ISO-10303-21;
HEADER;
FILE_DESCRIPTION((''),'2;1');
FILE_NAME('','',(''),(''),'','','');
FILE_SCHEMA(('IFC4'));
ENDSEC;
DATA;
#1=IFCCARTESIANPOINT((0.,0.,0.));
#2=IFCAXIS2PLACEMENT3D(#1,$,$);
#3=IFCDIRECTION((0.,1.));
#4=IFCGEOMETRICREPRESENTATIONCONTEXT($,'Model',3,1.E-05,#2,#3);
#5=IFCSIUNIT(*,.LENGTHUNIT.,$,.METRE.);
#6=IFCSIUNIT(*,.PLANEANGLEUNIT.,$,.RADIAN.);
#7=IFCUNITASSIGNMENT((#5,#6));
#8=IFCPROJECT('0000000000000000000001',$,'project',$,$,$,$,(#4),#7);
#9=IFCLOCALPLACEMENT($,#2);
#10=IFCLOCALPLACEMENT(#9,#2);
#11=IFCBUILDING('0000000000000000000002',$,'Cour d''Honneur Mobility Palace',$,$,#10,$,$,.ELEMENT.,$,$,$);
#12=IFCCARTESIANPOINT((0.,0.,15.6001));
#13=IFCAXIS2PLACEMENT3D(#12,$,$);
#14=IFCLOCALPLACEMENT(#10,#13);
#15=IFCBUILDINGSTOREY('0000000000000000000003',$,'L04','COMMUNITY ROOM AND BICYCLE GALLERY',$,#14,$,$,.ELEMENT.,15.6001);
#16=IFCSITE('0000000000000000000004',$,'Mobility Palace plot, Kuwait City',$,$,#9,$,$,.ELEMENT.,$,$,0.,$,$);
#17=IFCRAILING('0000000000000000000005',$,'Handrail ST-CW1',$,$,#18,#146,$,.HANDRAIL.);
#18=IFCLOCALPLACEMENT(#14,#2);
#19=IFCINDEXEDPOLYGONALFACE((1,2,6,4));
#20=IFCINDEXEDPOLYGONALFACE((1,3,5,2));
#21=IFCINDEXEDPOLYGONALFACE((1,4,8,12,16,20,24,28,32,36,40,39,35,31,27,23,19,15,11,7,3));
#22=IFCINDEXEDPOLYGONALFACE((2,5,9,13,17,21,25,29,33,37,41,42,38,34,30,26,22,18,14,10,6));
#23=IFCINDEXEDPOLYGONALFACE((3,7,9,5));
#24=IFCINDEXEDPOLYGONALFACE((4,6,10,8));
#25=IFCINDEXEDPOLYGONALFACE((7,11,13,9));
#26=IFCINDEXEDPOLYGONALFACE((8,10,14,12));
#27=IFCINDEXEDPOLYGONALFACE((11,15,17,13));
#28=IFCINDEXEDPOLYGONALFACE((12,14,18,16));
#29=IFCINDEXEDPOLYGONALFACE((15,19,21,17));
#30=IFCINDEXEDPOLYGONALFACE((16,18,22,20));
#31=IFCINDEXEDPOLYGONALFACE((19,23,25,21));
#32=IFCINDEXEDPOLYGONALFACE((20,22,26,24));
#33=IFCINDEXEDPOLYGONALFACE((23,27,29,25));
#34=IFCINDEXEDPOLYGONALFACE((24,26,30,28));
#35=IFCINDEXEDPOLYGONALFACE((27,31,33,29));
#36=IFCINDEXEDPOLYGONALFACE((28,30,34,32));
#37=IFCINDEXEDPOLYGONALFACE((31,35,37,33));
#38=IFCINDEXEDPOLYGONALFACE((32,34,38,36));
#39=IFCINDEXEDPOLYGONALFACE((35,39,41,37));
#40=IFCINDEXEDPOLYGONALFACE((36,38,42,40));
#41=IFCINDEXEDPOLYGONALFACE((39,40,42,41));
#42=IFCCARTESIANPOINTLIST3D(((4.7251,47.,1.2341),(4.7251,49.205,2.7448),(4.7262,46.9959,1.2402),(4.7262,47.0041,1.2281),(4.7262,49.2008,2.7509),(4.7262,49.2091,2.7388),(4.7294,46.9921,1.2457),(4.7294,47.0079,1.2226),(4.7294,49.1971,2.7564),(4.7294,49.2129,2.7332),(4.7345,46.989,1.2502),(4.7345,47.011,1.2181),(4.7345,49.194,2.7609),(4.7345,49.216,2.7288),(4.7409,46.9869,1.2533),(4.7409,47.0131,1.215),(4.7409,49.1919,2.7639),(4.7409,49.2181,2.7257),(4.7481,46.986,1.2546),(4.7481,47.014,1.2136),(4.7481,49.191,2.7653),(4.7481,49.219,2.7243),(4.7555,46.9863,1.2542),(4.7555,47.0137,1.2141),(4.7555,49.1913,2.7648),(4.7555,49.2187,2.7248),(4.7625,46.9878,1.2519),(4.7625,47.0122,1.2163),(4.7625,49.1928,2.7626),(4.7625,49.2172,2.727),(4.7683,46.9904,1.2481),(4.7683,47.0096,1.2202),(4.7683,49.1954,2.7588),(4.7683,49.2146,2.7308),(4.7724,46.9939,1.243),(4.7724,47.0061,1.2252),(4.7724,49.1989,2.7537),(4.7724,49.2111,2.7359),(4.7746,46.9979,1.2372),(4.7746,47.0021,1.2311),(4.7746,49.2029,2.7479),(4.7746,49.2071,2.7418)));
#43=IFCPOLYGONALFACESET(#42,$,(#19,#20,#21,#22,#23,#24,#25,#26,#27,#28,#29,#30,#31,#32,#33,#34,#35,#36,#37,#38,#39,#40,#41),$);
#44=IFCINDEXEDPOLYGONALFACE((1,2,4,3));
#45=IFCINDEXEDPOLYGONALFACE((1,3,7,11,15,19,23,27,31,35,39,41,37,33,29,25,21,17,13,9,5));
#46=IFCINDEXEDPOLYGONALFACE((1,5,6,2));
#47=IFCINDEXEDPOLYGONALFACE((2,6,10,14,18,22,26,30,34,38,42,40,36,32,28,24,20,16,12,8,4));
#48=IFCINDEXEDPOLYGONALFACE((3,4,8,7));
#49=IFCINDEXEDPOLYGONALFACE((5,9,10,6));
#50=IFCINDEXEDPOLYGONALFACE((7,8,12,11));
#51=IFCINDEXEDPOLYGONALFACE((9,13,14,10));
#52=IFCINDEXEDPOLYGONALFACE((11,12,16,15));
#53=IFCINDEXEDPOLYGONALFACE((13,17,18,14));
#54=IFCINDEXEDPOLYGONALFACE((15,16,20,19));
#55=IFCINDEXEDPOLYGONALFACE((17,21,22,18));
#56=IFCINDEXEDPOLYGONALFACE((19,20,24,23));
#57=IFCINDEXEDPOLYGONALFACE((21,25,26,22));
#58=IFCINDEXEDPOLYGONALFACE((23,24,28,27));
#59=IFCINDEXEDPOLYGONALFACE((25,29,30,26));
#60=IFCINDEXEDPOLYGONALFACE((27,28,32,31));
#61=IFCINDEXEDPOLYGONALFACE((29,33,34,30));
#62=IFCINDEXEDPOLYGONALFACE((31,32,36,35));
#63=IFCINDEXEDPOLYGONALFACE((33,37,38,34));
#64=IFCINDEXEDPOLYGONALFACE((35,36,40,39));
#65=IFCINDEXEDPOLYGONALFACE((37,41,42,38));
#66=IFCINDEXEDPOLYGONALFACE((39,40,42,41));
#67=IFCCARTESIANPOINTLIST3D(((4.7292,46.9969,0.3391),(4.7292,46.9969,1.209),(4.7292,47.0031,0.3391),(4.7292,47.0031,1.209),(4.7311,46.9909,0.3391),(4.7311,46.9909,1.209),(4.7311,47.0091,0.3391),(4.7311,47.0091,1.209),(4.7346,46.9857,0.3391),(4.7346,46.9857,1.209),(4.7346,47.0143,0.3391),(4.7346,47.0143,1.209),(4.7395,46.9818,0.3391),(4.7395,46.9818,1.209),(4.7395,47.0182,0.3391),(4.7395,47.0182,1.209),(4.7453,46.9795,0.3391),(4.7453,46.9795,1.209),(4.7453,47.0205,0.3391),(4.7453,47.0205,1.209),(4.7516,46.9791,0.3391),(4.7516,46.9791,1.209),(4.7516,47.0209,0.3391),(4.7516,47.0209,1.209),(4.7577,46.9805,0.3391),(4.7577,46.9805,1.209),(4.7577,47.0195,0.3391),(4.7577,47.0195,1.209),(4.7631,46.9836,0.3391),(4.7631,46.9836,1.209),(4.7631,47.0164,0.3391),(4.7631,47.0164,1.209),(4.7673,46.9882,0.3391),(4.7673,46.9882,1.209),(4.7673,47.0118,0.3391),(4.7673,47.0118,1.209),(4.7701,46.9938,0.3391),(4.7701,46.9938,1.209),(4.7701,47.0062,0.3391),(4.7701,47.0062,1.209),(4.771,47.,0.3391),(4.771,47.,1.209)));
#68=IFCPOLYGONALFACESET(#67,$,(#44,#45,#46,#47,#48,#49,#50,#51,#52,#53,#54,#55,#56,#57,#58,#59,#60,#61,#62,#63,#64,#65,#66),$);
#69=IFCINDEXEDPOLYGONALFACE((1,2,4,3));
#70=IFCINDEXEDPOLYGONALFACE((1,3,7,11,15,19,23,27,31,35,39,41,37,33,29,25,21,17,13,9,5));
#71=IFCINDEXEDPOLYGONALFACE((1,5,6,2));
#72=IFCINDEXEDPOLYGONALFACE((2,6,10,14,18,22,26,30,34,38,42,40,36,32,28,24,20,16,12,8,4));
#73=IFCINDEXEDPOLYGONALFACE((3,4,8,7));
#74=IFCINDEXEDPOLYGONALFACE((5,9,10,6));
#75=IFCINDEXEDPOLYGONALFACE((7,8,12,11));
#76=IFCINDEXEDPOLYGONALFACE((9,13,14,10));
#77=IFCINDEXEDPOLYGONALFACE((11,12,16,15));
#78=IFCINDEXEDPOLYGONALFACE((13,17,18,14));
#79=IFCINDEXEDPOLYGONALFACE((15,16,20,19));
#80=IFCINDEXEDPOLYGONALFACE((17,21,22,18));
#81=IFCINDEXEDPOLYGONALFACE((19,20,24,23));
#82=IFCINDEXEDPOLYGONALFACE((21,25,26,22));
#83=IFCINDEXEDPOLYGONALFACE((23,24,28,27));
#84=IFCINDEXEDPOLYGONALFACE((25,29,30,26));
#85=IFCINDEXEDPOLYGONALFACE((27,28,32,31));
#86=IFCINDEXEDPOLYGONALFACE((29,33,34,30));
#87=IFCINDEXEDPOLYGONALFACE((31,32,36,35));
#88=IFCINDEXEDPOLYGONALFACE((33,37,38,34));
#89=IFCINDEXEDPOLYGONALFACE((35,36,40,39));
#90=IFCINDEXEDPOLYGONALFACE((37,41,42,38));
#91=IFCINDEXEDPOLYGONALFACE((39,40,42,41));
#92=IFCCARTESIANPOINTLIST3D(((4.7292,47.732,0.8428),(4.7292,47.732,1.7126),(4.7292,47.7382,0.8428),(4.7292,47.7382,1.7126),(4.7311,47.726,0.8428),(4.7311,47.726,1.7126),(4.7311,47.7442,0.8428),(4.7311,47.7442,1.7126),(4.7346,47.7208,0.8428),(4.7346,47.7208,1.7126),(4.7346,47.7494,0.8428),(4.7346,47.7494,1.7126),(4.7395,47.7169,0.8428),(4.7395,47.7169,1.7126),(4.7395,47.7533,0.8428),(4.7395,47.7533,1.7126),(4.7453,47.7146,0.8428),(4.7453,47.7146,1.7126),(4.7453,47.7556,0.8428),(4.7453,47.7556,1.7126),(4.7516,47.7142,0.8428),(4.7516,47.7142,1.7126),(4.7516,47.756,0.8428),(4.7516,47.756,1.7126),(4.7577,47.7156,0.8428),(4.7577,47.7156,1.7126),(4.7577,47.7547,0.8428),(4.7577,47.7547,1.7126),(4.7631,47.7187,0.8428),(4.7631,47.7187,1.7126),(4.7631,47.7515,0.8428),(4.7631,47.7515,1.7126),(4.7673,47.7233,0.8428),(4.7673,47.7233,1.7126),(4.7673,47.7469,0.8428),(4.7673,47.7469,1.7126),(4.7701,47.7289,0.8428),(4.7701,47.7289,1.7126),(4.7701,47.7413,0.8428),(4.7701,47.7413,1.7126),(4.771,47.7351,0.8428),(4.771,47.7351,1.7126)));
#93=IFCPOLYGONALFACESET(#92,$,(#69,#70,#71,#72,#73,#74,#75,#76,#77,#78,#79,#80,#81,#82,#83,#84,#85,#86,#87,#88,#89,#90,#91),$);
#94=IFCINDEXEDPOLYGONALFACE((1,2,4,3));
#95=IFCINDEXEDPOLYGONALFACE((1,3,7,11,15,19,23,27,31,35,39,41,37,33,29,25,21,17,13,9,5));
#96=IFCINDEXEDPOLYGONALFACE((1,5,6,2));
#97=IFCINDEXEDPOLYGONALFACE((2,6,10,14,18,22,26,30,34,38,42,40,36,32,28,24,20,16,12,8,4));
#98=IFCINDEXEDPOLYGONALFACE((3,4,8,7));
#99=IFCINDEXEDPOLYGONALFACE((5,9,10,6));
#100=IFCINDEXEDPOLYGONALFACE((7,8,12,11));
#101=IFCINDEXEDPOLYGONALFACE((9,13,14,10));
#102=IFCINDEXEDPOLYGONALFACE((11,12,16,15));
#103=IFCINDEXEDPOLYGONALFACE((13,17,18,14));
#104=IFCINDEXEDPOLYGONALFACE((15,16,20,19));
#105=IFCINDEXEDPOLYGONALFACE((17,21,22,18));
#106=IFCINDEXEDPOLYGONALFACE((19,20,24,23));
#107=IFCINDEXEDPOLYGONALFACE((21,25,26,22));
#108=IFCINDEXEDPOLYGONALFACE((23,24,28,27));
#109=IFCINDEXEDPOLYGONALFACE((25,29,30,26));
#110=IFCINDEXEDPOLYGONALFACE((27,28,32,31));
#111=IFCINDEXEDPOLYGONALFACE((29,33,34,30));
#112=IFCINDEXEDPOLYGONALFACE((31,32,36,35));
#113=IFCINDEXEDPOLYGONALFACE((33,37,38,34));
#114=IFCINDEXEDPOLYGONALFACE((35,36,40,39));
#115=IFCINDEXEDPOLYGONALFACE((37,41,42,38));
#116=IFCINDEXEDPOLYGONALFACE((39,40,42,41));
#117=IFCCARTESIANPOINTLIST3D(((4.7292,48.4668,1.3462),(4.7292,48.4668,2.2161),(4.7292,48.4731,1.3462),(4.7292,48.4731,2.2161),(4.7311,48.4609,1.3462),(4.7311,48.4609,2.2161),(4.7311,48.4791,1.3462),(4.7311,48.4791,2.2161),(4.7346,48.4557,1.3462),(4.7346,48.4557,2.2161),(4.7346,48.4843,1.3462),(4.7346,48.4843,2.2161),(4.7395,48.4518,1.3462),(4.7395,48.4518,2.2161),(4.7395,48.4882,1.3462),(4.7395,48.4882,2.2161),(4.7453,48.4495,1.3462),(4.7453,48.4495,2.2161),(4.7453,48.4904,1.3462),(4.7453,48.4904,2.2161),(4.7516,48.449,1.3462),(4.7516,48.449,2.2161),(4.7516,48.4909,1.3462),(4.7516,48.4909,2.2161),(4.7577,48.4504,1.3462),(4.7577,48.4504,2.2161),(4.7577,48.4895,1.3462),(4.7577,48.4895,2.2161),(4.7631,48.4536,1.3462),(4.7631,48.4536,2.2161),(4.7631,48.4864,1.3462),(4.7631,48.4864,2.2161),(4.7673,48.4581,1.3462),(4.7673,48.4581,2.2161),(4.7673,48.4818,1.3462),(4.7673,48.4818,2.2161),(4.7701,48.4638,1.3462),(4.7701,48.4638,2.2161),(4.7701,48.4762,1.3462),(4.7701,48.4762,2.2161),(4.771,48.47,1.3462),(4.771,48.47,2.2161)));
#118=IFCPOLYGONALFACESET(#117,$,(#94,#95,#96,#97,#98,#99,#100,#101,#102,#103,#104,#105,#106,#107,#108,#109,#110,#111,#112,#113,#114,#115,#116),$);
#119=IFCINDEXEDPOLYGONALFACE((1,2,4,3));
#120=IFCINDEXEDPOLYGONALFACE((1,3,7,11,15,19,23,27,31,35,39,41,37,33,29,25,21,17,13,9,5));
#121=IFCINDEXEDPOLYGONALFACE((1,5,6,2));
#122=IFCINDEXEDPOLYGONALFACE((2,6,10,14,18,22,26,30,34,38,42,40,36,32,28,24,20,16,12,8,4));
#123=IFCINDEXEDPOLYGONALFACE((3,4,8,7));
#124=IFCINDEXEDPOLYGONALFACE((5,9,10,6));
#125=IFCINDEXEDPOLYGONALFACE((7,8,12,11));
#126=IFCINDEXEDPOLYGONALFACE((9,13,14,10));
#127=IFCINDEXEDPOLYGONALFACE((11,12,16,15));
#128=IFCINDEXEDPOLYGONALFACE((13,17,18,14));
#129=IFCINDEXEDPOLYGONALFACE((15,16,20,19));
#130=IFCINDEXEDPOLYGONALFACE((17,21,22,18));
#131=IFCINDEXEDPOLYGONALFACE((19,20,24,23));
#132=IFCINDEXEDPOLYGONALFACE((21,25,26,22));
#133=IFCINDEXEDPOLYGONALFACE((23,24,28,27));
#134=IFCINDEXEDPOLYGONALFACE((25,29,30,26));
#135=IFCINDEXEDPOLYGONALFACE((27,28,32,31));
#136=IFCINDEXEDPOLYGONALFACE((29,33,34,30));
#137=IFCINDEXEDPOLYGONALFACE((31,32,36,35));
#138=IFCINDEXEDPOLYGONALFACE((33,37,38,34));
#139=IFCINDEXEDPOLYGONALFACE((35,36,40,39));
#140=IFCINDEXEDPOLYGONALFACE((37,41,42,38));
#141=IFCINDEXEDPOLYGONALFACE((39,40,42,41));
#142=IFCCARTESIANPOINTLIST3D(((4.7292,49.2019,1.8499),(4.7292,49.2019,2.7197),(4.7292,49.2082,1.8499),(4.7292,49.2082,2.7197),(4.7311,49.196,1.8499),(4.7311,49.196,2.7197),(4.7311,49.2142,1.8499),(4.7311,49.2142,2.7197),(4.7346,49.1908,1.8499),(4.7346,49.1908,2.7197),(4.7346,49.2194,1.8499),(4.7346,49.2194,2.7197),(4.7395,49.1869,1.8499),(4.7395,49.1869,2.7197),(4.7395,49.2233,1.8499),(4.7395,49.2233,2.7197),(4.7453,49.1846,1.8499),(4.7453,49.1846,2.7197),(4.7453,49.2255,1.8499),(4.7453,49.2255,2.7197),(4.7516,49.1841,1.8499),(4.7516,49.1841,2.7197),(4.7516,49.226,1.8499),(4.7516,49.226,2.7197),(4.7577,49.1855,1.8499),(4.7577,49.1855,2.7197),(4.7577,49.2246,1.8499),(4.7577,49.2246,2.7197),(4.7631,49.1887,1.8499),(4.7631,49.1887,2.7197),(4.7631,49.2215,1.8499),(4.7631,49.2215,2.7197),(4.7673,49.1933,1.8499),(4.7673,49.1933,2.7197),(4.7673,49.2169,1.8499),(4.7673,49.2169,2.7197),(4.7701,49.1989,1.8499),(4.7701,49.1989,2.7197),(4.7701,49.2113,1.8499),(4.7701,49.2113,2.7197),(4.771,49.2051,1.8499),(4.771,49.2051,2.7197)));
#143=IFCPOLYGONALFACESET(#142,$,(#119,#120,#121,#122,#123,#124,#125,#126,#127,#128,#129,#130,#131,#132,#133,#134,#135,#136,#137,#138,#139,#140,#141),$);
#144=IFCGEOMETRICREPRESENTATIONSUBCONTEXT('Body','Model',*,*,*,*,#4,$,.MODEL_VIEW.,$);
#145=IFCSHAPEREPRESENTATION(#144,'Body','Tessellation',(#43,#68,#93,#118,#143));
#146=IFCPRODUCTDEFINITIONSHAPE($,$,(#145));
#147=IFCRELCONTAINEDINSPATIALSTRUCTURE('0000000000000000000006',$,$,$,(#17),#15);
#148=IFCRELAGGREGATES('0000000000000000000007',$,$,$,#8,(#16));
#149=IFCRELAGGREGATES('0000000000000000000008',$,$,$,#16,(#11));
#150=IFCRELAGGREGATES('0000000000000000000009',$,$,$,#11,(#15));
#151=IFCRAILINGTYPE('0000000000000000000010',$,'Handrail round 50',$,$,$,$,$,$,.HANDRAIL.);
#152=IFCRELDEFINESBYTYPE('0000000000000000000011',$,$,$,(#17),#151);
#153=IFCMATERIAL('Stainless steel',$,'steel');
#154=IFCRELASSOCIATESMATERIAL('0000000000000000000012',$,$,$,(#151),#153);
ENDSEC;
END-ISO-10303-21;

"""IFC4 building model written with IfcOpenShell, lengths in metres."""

from ifc_helpers import new_model, si_unit, direction, frame, origin, origin_2d, place, context, subcontext, project, spatial, circle, extrude, material, type_object, element, save


model = new_model("IFC4")

# Units and contexts
model_context = context("Model", 3, precision=1e-05, world=origin(), true_north=direction((0.0, 1.0)))
body_context = subcontext(model_context, "Body", "Model", "MODEL_VIEW")
ifc_project = project(units=[si_unit("LENGTHUNIT", "METRE"), si_unit("PLANEANGLEUNIT", "RADIAN")], contexts=[model_context])

# Site, building, storey
site_placement = place(None, origin())
site = spatial("IfcSite", under=ifc_project, at=site_placement, Name="Mobility Palace plot, Kuwait City", CompositionType="ELEMENT", RefElevation=0.0)
building_placement = place(site_placement, origin())
building = spatial("IfcBuilding", under=site, at=building_placement, Name="Cour d'Honneur Mobility Palace", CompositionType="ELEMENT")
storey_placement = place(building_placement, frame((0.0, 0.0, 15.6001)))
storey = spatial("IfcBuildingStorey", under=building, at=storey_placement, Name="L04", Description="COMMUNITY ROOM AND BICYCLE GALLERY", CompositionType="ELEMENT", Elevation=15.6001)

# Railing
ifc_material_1 = material(Name="Stainless steel", Category="steel")
railing_type_1 = type_object("IfcRailingType", Name="Handrail round 50", PredefinedType="HANDRAIL", material=ifc_material_1)
railing_1_placement = place(storey_placement, frame((4.75, 47.0, 0.3391)))
element("IfcRailing", 1, at=railing_1_placement, inside=storey, type_object=railing_type_1, Name="Handrail ST-CW1", PredefinedType="HANDRAIL", context=body_context, shape_type="SweptSolid", body=[
    extrude(circle(Radius=0.0249, at=origin_2d()), frame((0.0, 0.0, 0.895), z_axis=(0.0, 0.824958, 0.565195), x_axis=(-1.0, 0.0, 0.0)), (0.0, 0.0, 1.0), 2.6729),
    extrude(circle(Radius=0.021, at=origin_2d()), origin(), (0.0, 0.0, 1.0), 0.8699),
    extrude(circle(Radius=0.021, at=origin_2d()), frame((0.0, 0.7351, 0.5037)), (0.0, 0.0, 1.0), 0.8699),
    extrude(circle(Radius=0.021, at=origin_2d()), frame((0.0, 1.47, 1.0071)), (0.0, 0.0, 1.0), 0.8699),
    extrude(circle(Radius=0.021, at=origin_2d()), frame((0.0, 2.2051, 1.5107)), (0.0, 0.0, 1.0), 0.8699),
])

save(model, "model.ifc")
